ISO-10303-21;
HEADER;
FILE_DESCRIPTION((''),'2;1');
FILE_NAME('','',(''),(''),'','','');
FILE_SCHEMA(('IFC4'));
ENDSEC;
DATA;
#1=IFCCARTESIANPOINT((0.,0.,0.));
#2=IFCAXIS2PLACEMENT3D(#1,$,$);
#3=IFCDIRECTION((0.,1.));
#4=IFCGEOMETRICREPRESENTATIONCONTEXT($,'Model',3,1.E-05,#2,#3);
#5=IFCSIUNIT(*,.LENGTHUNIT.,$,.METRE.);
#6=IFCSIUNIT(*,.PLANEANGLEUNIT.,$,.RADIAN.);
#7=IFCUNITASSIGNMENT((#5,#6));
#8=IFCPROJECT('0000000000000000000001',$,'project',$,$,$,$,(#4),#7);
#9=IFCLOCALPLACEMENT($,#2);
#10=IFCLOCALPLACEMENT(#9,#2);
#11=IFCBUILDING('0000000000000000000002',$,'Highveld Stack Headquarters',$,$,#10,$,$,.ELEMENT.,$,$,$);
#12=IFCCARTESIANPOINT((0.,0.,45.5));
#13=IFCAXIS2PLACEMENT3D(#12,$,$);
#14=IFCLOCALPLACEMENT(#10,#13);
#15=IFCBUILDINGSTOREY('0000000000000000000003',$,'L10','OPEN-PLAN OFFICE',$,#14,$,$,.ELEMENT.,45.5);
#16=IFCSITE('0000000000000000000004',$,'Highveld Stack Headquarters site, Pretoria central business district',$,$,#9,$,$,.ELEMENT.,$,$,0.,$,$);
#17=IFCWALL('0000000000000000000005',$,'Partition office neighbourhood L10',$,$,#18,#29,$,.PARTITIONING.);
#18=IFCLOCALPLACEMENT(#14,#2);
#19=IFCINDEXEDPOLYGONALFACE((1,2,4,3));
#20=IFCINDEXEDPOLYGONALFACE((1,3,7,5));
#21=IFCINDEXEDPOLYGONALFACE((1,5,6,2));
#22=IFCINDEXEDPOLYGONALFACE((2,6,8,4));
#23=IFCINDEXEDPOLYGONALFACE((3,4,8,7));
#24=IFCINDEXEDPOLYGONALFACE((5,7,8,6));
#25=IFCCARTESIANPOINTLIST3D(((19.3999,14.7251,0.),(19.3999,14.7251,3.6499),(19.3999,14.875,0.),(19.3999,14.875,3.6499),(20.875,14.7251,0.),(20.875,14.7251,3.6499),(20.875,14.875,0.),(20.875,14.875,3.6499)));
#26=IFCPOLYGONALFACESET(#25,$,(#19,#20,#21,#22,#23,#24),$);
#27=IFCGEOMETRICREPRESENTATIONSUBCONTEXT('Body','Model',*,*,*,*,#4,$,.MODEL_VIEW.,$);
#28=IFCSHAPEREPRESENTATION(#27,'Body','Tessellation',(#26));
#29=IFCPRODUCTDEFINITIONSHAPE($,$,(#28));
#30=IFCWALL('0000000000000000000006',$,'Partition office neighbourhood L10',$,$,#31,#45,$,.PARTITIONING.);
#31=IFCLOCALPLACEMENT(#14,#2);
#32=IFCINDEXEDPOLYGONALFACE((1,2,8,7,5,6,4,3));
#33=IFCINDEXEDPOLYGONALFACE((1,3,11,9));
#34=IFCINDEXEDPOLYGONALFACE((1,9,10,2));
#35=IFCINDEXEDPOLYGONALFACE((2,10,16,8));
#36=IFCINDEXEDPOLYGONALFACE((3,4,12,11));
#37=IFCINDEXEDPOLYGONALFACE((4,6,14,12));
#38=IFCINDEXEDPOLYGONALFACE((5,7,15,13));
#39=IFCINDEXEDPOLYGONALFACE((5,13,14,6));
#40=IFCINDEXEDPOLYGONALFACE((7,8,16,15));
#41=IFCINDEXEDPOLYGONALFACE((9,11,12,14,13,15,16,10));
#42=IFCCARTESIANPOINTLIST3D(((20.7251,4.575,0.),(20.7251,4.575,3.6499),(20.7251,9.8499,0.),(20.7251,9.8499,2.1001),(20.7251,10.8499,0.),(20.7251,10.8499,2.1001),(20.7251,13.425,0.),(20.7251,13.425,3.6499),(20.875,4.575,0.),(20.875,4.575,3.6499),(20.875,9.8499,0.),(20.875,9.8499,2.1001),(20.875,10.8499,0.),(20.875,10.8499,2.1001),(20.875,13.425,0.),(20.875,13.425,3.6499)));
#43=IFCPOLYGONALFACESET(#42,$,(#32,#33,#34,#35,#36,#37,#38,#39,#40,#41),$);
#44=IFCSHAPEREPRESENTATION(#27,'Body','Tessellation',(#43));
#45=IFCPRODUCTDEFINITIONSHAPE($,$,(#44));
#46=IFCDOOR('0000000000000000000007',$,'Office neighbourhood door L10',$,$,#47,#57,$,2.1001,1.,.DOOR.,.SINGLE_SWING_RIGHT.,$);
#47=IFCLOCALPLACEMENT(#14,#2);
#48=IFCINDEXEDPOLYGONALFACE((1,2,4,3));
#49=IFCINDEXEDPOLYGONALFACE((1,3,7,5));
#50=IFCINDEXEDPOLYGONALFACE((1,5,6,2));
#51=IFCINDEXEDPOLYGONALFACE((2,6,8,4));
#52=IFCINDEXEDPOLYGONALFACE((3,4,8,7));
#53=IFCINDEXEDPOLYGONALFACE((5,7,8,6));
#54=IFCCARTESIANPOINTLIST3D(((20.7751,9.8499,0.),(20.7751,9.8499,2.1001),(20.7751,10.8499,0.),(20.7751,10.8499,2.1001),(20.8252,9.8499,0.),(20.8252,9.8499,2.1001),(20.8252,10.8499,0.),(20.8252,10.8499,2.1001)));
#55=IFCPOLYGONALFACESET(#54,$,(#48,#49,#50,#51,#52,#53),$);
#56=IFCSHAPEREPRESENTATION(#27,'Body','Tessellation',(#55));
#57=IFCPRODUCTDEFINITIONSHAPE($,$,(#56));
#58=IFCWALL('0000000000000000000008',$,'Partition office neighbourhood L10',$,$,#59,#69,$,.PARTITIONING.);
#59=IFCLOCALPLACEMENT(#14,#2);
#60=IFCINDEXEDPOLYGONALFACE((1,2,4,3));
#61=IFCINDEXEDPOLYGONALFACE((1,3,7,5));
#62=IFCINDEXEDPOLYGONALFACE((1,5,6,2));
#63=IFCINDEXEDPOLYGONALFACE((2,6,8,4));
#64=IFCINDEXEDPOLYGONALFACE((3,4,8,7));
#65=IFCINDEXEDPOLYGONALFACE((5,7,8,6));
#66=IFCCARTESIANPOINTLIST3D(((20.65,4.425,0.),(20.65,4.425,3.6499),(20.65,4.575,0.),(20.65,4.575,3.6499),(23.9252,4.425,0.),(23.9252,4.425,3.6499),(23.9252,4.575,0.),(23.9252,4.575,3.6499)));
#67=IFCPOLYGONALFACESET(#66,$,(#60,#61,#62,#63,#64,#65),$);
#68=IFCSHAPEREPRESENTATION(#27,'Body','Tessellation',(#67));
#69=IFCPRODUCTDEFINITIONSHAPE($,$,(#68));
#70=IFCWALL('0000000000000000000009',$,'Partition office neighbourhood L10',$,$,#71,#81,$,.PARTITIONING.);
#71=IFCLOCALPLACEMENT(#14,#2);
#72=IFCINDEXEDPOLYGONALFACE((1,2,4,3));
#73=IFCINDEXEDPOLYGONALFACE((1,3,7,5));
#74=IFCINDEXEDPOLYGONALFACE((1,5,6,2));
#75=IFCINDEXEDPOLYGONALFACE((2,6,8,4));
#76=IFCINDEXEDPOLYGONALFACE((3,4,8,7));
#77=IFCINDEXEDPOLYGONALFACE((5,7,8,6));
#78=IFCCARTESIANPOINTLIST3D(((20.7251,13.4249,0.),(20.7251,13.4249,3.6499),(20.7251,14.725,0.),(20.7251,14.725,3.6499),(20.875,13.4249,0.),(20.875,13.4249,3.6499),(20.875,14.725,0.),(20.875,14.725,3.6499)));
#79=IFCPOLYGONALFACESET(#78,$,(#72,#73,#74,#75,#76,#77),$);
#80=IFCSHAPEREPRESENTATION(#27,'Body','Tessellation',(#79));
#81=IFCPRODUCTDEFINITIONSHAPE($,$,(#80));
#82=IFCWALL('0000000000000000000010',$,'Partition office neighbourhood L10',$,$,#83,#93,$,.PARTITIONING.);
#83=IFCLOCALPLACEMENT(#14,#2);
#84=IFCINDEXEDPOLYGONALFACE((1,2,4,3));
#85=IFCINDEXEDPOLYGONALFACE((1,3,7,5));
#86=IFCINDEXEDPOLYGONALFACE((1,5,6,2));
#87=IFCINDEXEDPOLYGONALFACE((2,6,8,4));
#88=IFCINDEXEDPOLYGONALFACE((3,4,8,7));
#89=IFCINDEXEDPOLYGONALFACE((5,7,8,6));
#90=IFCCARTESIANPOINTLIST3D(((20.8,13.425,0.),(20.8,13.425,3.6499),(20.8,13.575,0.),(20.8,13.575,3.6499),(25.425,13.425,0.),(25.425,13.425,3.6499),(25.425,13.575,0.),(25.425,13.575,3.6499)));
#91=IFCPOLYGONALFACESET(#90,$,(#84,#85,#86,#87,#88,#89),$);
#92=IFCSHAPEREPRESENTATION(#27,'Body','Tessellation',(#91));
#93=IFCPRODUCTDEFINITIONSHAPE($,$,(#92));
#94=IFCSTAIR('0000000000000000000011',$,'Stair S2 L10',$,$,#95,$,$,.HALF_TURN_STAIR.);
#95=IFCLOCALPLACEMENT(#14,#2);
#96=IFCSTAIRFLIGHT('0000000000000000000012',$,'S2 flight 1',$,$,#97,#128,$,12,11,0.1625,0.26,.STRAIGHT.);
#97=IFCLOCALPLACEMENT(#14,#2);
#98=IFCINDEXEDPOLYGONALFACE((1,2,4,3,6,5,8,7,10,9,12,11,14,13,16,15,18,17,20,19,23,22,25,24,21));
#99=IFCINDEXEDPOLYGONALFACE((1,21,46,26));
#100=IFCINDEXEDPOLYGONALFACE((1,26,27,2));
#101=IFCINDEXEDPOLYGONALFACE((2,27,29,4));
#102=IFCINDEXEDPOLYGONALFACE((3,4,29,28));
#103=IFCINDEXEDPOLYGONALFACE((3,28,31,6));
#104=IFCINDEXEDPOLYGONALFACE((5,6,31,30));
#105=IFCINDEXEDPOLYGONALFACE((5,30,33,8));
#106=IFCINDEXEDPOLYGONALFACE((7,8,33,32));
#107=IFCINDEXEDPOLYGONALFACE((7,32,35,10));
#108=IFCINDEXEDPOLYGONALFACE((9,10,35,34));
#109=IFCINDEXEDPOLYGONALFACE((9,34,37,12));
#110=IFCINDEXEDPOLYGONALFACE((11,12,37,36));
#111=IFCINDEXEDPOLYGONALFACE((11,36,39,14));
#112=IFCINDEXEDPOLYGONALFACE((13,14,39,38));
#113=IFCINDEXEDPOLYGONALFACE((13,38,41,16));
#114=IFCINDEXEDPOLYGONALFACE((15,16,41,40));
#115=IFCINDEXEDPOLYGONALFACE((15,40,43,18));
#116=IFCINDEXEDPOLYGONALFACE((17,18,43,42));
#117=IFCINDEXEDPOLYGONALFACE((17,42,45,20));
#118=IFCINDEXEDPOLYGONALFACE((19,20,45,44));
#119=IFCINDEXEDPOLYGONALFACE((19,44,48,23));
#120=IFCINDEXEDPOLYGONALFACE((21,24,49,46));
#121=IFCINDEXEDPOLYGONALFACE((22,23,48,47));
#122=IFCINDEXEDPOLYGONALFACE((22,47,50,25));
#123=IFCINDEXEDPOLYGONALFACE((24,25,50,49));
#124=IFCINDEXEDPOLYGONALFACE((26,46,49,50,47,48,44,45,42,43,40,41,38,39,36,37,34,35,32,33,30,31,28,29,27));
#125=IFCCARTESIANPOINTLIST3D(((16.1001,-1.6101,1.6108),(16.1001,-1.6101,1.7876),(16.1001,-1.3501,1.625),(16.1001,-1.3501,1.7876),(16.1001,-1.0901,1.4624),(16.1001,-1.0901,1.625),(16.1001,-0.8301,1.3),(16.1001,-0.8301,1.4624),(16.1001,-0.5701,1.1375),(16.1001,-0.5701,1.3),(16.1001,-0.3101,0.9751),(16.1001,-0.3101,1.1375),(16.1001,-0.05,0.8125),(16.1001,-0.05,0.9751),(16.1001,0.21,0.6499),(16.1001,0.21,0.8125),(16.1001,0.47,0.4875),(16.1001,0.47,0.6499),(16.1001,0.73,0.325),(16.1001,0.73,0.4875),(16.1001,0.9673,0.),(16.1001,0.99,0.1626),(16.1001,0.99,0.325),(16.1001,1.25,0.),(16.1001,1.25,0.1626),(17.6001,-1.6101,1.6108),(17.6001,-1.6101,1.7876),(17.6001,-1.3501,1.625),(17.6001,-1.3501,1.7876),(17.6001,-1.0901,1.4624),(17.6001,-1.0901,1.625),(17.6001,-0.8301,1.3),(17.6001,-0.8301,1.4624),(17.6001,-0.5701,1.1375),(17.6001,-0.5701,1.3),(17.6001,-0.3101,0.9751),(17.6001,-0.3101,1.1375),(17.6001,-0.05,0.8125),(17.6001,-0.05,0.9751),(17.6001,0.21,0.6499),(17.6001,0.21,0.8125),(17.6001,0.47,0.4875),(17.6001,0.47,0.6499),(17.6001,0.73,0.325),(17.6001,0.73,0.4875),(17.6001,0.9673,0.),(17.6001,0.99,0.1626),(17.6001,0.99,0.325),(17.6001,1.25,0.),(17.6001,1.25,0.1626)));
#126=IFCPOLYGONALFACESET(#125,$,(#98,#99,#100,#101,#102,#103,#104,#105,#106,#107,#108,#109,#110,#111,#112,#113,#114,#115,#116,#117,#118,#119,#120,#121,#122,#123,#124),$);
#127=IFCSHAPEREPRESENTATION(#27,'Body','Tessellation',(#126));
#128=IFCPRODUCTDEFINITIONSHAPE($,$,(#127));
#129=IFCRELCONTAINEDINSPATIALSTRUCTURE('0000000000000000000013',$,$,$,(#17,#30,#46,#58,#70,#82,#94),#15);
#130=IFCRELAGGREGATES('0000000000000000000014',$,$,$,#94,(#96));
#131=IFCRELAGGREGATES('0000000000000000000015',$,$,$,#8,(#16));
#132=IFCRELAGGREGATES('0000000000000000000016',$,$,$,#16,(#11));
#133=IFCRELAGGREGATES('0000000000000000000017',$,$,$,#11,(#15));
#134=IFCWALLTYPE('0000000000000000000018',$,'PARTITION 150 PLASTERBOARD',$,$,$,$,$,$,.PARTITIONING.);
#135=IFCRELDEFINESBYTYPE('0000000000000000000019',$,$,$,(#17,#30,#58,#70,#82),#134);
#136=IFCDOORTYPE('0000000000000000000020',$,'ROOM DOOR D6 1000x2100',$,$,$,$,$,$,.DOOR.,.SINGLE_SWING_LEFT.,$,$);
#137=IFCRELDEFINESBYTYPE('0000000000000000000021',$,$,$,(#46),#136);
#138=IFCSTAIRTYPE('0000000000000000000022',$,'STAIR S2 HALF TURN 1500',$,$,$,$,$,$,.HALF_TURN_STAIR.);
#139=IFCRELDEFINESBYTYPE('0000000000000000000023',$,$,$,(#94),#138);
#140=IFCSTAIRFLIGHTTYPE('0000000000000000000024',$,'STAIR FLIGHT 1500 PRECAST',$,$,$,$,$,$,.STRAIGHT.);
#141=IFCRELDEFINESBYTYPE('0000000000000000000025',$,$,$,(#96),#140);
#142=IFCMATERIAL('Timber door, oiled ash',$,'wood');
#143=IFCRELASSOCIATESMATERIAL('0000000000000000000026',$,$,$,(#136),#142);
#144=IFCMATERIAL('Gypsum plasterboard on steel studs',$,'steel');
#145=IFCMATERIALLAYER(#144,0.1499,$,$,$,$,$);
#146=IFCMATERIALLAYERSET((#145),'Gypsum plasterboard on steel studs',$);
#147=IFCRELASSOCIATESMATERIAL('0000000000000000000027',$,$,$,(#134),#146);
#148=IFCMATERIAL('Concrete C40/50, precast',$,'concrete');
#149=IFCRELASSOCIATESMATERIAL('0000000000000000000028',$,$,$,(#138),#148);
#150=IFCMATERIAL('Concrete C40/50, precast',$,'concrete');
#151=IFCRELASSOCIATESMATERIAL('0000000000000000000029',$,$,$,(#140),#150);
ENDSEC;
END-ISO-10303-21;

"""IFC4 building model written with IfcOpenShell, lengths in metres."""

from ifc_helpers import new_model, si_unit, direction, frame, frame_2d, origin, place, context, subcontext, project, spatial, polyline, rectangle, outline, extrude, material, layer, layer_set, type_object, element, fill, aggregate, save


model = new_model("IFC4")

# Units and contexts
model_context = context("Model", 3, precision=1e-05, world=origin(), true_north=direction((0.0, 1.0)))
body_context = subcontext(model_context, "Body", "Model", "MODEL_VIEW")
ifc_project = project(units=[si_unit("LENGTHUNIT", "METRE"), si_unit("PLANEANGLEUNIT", "RADIAN")], contexts=[model_context])

# Site, building, storey
site_placement = place(None, origin())
site = spatial("IfcSite", under=ifc_project, at=site_placement, Name="Highveld Stack Headquarters site, Pretoria central business district", CompositionType="ELEMENT", RefElevation=0.0)
building_placement = place(site_placement, origin())
building = spatial("IfcBuilding", under=site, at=building_placement, Name="Highveld Stack Headquarters", CompositionType="ELEMENT")
storey_placement = place(building_placement, frame((0.0, 0.0, 45.5)))
storey = spatial("IfcBuildingStorey", under=building, at=storey_placement, Name="L10", Description="OPEN-PLAN OFFICE", CompositionType="ELEMENT", Elevation=45.5)

# Shared definitions
ifc_material_1 = material(Name="Timber door, oiled ash", Category="wood")
door_type_1 = type_object("IfcDoorType", Name="ROOM DOOR D6 1000x2100", OperationType="SINGLE_SWING_LEFT", PredefinedType="DOOR", material=ifc_material_1)

# Shared definitions
ifc_material_2 = material(Name="Gypsum plasterboard on steel studs", Category="steel")
ifc_layer_1 = layer(ifc_material_2, 0.1499)
ifc_layer_set_1 = layer_set([ifc_layer_1], Name="Gypsum plasterboard on steel studs")
wall_type_1 = type_object("IfcWallType", Name="PARTITION 150 PLASTERBOARD", PredefinedType="PARTITIONING", material=ifc_layer_set_1)

# Wall
wall_1_placement = place(storey_placement, frame((19.3999, 14.8, 0.0), z_axis=(0.0, 0.0, 1.0), x_axis=(1.0, 0.0, 0.0)))
element("IfcWall", 1, at=wall_1_placement, inside=storey, type_object=wall_type_1, Name="Partition office neighbourhood L10", PredefinedType="PARTITIONING", context=body_context, shape_type="SweptSolid", body=[
    extrude(rectangle(XDim=1.4751, YDim=0.1499, at=frame_2d((0.7375, 0.0))), origin(), (0.0, 0.0, 1.0), 3.6499),
])

# Wall, opening, door
wall_2_placement = place(storey_placement, frame((20.8, 4.575, 0.0), z_axis=(0.0, 0.0, 1.0), x_axis=(0.0, 1.0, 0.0)))
wall_2 = element("IfcWall", 2, at=wall_2_placement, inside=storey, type_object=wall_type_1, Name="Partition office neighbourhood L10", PredefinedType="PARTITIONING", context=body_context, shape_type="SweptSolid", body=[
    extrude(rectangle(XDim=8.8501, YDim=0.1499, at=frame_2d((4.425, 0.0))), origin(), (0.0, 0.0, 1.0), 3.6499),
])
opening_1_placement = place(wall_2_placement, frame((5.2749, 0.0, 0.0)))
opening_1 = element("IfcOpeningElement", 3, at=opening_1_placement, cuts=wall_2, PredefinedType="OPENING", context=body_context, shape_type="SweptSolid", body=[
    extrude(rectangle(XDim=1.0, YDim=2.1001, at=frame_2d((0.5, 1.05))), frame((0.0, 0.085, 0.0), z_axis=(0.0, -1.0, 0.0), x_axis=(1.0, 0.0, 0.0)), (0.0, 0.0, 1.0), 0.1699),
])
door_1_placement = place(opening_1_placement, origin())
door_1 = element("IfcDoor", 4, at=door_1_placement, inside=storey, type_object=door_type_1, Name="Office neighbourhood door L10", OperationType="SINGLE_SWING_RIGHT", OverallHeight=2.1001, OverallWidth=1.0, PredefinedType="DOOR", context=body_context, shape_type="SweptSolid", body=[
    extrude(rectangle(XDim=1.0, YDim=2.1001, at=frame_2d((0.5, 1.05))), frame((0.0, 0.0249, 0.0), z_axis=(0.0, -1.0, 0.0), x_axis=(1.0, 0.0, 0.0)), (0.0, 0.0, 1.0), 0.05),
])
fill(opening_1, door_1)

# Walls
wall_3_placement = place(storey_placement, frame((20.6499, 4.5, 0.0), z_axis=(0.0, 0.0, 1.0), x_axis=(1.0, 0.0, 0.0)))
element("IfcWall", 5, at=wall_3_placement, inside=storey, type_object=wall_type_1, Name="Partition office neighbourhood L10", PredefinedType="PARTITIONING", context=body_context, shape_type="SweptSolid", body=[
    extrude(rectangle(XDim=3.2751, YDim=0.1499, at=frame_2d((1.6377, 0.0))), origin(), (0.0, 0.0, 1.0), 3.6499),
])
wall_4_placement = place(storey_placement, frame((20.8, 13.425, 0.0), z_axis=(0.0, 0.0, 1.0), x_axis=(0.0, 1.0, 0.0)))
element("IfcWall", 6, at=wall_4_placement, inside=storey, type_object=wall_type_1, Name="Partition office neighbourhood L10", PredefinedType="PARTITIONING", context=body_context, shape_type="SweptSolid", body=[
    extrude(rectangle(XDim=1.3, YDim=0.1499, at=frame_2d((0.6499, 0.0))), origin(), (0.0, 0.0, 1.0), 3.6499),
])
wall_5_placement = place(storey_placement, frame((20.8, 13.5, 0.0), z_axis=(0.0, 0.0, 1.0), x_axis=(1.0, 0.0, 0.0)))
element("IfcWall", 7, at=wall_5_placement, inside=storey, type_object=wall_type_1, Name="Partition office neighbourhood L10", PredefinedType="PARTITIONING", context=body_context, shape_type="SweptSolid", body=[
    extrude(rectangle(XDim=4.625, YDim=0.1499, at=frame_2d((2.3125, 0.0))), origin(), (0.0, 0.0, 1.0), 3.6499),
])

# Stair, stair flight
ifc_material_3 = material(Name="Concrete C40/50, precast", Category="concrete")
stair_type = type_object("IfcStairType", Name="STAIR S2 HALF TURN 1500", PredefinedType="HALF_TURN_STAIR", material=ifc_material_3)
stair_placement = place(storey_placement, origin())
stair = element("IfcStair", 8, at=stair_placement, inside=storey, type_object=stair_type, Name="Stair S2 L10", PredefinedType="HALF_TURN_STAIR")
ifc_material_4 = material(Name="Concrete C40/50, precast", Category="concrete")
stair_flight_type = type_object("IfcStairFlightType", Name="STAIR FLIGHT 1500 PRECAST", PredefinedType="STRAIGHT", material=ifc_material_4)
stair_flight_placement = place(storey_placement, frame((16.8501, 1.25, 0.0), z_axis=(0.0, 0.0, 1.0), x_axis=(0.0, -1.0, 0.0)))
stair_flight = element("IfcStairFlight", 9, at=stair_flight_placement, type_object=stair_flight_type, Name="S2 flight 1", NumberOfRisers=12, NumberOfTreads=11, PredefinedType="STRAIGHT", RiserHeight=0.1625, TreadLength=0.26, context=body_context, shape_type="SweptSolid", body=[
    extrude(outline(polyline([(0.0, 0.0), (0.0, 0.1626), (0.26, 0.1626), (0.26, 0.325), (0.52, 0.325), (0.52, 0.4875), (0.78, 0.4875), (0.78, 0.6499), (1.04, 0.6499), (1.04, 0.8125), (1.3, 0.8125), (1.3, 0.9751), (1.5601, 0.9751), (1.5601, 1.1375), (1.8201, 1.1375), (1.8201, 1.3), (2.0801, 1.3), (2.0801, 1.4624), (2.3401, 1.4624), (2.3401, 1.625), (2.6001, 1.625), (2.6001, 1.7876), (2.8601, 1.7876), (2.8601, 1.95), (2.8601, 1.6108), (0.2827, 0.0), (0.0, 0.0)])), frame((0.0, 0.75, 0.0), z_axis=(0.0, -1.0, 0.0), x_axis=(1.0, 0.0, 0.0)), (0.0, 0.0, 1.0), 1.5),
])
aggregate(stair, [stair_flight])

save(model, "model.ifc")
